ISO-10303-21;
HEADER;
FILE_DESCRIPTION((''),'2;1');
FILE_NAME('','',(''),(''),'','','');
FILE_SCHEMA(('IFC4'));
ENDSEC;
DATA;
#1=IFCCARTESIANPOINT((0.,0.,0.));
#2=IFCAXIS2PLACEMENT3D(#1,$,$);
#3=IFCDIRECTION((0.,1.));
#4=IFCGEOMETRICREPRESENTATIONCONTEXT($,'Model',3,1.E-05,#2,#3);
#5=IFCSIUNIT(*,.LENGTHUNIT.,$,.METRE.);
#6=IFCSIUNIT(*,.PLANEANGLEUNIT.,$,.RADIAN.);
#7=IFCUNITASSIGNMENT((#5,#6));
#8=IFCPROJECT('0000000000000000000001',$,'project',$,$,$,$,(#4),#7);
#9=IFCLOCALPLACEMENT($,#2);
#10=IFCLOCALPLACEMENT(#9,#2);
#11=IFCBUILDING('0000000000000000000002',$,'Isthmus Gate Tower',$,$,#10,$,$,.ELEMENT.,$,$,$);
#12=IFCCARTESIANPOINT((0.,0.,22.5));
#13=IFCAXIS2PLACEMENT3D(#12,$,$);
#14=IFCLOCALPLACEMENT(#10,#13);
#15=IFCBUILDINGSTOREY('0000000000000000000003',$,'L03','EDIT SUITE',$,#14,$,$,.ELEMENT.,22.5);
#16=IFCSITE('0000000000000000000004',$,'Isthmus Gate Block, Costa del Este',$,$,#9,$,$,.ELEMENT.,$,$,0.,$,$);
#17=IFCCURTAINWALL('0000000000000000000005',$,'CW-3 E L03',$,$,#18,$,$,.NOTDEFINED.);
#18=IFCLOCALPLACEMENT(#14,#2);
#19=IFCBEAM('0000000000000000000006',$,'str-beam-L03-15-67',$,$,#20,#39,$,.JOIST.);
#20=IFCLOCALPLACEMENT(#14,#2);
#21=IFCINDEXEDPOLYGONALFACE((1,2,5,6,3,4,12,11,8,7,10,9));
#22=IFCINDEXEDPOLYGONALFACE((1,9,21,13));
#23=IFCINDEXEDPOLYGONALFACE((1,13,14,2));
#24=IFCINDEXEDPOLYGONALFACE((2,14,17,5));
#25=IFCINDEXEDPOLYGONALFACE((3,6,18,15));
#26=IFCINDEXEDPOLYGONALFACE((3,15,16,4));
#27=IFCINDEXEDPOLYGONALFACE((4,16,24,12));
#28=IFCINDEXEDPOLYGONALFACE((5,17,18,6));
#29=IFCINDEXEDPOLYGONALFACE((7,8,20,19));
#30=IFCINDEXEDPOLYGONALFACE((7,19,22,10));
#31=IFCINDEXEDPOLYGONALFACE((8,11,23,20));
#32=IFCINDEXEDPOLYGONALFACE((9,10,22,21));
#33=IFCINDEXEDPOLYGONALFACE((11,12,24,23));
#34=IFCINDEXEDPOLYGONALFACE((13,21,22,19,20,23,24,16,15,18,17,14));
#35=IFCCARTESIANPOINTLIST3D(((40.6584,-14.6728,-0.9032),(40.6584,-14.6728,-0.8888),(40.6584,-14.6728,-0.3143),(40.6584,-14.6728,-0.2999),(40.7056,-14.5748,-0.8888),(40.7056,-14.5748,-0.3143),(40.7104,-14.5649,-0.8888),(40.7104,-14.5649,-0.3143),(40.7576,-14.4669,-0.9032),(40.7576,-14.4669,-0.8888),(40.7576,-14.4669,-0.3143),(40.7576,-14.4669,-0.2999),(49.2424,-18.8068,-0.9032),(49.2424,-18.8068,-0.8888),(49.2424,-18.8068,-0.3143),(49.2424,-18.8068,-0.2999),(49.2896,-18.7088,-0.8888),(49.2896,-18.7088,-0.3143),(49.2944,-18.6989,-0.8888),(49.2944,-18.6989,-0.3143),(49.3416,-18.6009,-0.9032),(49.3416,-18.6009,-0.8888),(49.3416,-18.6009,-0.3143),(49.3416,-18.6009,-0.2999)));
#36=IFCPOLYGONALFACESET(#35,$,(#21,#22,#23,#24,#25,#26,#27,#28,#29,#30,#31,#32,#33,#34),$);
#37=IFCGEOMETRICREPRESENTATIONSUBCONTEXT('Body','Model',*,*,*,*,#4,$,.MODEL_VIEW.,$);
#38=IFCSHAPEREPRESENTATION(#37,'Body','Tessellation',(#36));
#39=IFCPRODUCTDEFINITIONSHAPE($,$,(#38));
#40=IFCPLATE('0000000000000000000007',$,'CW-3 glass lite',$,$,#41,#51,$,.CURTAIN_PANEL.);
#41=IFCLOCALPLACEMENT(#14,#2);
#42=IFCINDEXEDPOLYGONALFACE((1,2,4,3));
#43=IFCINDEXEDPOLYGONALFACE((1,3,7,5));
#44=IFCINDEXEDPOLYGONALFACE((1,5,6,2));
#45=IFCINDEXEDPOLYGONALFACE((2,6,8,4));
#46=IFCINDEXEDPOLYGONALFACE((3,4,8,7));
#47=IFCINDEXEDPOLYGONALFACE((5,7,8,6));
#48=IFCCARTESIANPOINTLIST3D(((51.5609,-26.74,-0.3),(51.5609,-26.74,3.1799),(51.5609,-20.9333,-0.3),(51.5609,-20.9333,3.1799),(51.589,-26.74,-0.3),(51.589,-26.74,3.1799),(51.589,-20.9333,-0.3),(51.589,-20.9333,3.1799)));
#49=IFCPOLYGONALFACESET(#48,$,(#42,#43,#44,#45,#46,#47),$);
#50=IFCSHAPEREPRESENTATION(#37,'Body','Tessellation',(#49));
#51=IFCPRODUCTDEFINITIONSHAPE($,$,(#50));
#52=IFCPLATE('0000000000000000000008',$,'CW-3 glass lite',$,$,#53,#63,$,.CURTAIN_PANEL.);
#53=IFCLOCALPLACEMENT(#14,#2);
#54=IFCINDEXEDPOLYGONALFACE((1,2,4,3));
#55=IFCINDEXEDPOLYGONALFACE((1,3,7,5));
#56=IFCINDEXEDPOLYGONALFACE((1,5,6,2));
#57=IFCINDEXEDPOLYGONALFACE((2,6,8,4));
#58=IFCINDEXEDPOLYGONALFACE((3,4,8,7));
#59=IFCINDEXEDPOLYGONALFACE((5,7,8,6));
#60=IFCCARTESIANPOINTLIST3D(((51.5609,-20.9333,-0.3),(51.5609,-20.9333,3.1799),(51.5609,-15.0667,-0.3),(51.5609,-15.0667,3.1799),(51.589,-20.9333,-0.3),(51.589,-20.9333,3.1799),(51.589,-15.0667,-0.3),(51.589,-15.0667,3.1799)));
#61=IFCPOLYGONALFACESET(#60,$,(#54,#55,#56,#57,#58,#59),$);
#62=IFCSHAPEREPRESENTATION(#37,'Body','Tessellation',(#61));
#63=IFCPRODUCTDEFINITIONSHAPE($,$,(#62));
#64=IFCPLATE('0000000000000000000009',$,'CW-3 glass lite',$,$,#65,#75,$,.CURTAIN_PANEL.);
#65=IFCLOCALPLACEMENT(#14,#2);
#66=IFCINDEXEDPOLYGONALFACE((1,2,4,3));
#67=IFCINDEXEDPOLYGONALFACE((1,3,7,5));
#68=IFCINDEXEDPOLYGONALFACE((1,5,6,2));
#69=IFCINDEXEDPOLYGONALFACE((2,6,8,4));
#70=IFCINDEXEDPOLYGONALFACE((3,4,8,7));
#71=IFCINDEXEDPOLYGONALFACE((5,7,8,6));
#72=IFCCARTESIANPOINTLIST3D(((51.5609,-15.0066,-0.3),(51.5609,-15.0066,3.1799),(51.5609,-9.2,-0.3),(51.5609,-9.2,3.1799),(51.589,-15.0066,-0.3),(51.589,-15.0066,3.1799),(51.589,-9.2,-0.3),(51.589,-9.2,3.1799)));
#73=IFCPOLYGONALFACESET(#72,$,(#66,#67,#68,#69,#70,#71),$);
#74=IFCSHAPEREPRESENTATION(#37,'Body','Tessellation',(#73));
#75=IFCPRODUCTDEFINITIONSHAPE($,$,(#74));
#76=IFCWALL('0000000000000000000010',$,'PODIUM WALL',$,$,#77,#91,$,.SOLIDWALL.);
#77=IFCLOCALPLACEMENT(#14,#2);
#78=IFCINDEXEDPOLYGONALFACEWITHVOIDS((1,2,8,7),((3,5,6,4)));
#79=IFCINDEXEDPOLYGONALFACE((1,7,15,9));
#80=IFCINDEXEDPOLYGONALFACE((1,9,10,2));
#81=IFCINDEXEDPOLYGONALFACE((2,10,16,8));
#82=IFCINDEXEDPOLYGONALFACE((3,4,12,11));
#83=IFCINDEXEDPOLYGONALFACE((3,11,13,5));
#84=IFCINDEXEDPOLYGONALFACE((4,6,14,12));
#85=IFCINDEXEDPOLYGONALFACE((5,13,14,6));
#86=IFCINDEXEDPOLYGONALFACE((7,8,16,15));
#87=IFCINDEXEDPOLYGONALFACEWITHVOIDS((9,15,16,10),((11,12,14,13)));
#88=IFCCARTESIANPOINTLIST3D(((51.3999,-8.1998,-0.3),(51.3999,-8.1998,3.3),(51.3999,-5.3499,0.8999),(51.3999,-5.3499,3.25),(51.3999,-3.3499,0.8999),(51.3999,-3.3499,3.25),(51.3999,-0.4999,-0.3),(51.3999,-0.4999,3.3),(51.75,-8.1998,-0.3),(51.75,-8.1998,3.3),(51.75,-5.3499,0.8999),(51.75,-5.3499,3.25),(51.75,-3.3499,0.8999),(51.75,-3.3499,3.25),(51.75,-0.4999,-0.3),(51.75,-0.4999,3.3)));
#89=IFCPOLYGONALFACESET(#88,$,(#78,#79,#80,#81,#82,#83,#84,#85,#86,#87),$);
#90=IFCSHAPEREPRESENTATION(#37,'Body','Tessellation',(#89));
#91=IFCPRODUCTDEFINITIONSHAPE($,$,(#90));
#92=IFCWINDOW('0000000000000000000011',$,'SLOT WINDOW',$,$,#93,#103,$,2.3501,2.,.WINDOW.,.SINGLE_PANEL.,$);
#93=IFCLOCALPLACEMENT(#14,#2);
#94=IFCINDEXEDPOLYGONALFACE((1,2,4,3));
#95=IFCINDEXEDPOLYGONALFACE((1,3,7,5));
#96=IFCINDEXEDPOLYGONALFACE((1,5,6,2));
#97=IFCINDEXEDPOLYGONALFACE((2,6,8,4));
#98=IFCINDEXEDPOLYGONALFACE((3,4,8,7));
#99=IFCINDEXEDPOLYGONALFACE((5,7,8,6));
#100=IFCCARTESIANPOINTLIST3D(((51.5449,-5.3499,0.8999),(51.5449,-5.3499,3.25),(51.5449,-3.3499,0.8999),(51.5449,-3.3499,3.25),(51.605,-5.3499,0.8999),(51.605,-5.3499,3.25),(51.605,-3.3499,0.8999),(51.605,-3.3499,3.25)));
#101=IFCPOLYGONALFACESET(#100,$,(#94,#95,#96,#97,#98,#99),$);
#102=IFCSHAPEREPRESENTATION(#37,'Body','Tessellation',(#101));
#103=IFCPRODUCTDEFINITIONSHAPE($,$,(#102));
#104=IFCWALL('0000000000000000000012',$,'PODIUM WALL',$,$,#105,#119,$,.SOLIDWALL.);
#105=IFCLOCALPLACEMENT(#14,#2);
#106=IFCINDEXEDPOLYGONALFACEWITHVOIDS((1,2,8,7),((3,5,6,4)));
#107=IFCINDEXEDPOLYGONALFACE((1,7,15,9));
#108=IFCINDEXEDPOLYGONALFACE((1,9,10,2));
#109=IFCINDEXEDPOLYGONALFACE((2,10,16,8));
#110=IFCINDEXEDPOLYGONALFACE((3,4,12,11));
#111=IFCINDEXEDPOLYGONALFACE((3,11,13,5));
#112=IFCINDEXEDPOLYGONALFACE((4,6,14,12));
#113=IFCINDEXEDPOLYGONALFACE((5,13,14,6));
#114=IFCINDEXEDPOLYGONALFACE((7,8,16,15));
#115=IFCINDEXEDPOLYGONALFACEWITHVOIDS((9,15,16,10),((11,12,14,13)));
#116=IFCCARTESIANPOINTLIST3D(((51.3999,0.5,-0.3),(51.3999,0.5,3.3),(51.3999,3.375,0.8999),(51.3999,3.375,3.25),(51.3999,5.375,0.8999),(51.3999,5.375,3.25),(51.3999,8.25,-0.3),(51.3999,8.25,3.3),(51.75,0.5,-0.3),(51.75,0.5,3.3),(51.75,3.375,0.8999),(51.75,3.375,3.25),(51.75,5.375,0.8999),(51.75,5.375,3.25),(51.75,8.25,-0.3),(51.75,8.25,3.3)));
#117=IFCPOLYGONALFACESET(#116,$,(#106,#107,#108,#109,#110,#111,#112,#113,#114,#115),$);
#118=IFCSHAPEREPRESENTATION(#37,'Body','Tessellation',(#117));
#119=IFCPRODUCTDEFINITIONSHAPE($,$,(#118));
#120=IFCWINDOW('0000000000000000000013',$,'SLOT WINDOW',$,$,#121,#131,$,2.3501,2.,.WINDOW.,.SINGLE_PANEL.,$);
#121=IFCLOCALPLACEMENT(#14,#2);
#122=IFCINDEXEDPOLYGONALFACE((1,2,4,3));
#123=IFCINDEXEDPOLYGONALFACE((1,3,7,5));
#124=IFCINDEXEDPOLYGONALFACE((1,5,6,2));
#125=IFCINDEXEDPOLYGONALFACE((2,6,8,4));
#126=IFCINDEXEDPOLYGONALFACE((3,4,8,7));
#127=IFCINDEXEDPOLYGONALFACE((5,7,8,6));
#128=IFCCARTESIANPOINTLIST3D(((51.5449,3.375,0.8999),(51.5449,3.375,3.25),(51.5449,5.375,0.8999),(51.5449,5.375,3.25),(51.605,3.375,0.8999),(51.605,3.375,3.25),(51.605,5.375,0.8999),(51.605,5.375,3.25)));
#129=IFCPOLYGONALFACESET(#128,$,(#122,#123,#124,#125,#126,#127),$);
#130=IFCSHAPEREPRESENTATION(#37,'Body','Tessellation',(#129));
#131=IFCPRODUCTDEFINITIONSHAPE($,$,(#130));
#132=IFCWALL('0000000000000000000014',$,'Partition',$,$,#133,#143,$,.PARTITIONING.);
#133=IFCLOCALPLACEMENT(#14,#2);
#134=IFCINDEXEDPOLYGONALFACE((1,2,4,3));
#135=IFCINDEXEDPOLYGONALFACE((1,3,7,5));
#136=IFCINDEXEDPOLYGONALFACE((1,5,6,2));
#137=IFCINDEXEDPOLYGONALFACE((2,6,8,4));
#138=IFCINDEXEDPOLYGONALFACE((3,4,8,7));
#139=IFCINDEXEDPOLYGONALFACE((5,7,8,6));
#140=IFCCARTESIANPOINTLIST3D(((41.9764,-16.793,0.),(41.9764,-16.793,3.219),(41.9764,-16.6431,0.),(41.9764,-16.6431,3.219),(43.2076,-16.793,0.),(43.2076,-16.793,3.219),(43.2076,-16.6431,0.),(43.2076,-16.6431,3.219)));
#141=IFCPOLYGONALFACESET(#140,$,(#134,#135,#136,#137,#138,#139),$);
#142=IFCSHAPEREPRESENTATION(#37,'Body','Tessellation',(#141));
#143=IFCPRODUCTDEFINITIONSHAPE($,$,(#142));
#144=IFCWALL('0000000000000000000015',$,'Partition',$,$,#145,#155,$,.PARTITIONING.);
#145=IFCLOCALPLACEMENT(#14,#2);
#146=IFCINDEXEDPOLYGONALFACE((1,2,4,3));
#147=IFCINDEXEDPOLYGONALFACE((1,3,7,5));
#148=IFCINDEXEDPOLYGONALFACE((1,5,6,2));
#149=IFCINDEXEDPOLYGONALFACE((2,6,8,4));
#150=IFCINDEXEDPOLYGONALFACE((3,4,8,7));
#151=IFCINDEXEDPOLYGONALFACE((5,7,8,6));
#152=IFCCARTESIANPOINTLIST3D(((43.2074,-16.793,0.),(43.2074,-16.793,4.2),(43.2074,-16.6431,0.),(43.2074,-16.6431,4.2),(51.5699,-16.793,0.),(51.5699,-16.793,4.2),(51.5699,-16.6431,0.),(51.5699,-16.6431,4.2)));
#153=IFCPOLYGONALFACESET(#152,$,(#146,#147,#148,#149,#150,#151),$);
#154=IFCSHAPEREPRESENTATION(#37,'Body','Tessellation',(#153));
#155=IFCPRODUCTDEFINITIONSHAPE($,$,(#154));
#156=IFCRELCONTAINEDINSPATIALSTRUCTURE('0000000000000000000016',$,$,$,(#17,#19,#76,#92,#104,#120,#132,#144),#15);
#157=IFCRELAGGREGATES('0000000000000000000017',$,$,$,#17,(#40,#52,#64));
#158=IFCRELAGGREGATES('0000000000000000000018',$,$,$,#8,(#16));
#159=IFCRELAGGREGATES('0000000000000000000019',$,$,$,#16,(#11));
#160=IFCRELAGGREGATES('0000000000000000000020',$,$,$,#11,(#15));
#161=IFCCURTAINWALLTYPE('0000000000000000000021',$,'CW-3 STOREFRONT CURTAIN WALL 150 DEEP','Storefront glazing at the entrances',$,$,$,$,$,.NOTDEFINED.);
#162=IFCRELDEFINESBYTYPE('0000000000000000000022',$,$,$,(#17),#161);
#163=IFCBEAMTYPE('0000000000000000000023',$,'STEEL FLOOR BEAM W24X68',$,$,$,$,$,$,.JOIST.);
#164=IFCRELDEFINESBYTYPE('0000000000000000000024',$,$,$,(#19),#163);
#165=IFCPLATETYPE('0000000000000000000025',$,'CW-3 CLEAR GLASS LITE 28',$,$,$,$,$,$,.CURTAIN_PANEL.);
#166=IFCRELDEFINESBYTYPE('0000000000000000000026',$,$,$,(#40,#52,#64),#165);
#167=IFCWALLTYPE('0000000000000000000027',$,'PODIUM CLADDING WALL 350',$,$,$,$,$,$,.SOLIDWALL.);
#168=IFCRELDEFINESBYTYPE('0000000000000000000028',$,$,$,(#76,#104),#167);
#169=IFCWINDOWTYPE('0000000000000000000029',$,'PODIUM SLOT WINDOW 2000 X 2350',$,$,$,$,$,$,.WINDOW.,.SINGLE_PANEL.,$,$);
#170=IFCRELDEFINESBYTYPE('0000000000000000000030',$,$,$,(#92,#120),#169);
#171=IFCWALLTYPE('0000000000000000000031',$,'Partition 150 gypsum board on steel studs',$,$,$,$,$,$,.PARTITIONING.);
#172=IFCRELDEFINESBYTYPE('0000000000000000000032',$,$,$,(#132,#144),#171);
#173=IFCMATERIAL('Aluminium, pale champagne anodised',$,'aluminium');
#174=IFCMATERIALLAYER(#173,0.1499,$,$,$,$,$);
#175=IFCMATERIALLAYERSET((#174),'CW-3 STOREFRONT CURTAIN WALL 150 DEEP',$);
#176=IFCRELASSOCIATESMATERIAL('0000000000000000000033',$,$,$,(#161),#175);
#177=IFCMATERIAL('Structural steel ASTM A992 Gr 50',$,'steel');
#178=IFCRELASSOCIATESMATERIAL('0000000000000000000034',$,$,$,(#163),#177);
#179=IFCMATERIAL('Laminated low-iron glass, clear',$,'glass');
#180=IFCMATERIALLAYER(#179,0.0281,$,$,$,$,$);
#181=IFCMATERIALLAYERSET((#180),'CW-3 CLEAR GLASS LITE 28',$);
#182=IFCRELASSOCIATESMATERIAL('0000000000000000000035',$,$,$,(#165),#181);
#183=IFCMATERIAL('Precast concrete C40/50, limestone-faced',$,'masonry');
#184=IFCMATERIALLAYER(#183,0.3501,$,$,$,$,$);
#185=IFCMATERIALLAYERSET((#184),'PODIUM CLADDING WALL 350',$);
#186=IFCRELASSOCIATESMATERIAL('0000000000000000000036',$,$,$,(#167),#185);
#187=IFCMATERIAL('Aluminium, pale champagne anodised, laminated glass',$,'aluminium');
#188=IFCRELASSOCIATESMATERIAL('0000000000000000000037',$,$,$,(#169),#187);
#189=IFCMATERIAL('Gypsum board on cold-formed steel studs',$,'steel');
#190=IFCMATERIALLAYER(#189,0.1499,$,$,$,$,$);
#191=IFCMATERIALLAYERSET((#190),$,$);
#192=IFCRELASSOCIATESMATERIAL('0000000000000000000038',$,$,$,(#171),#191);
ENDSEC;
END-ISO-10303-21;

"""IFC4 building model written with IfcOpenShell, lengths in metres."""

from ifc_helpers import new_model, si_unit, direction, frame, frame_2d, origin, origin_2d, place, context, subcontext, project, spatial, rectangle, i_section, extrude, material, layer, layer_set, material_profile, profile_set, type_object, element, fill, aggregate, save


model = new_model("IFC4")

# Units and contexts
model_context = context("Model", 3, precision=1e-05, world=origin(), true_north=direction((0.0, 1.0)))
body_context = subcontext(model_context, "Body", "Model", "MODEL_VIEW")
ifc_project = project(units=[si_unit("LENGTHUNIT", "METRE"), si_unit("PLANEANGLEUNIT", "RADIAN")], contexts=[model_context])

# Site, building, storey
site_placement = place(None, origin())
site = spatial("IfcSite", under=ifc_project, at=site_placement, Name="Isthmus Gate Block, Costa del Este", CompositionType="ELEMENT", RefElevation=0.0)
building_placement = place(site_placement, origin())
building = spatial("IfcBuilding", under=site, at=building_placement, Name="Isthmus Gate Tower", CompositionType="ELEMENT")
storey_placement = place(building_placement, frame((0.0, 0.0, 22.5)))
storey = spatial("IfcBuildingStorey", under=building, at=storey_placement, Name="L03", Description="EDIT SUITE", CompositionType="ELEMENT", Elevation=22.5)

# Curtain wall
ifc_material_1 = material(Name="Aluminium, pale champagne anodised", Category="aluminium")
ifc_layer_1 = layer(ifc_material_1, 0.1499)
ifc_layer_set_1 = layer_set([ifc_layer_1], Name="CW-3 STOREFRONT CURTAIN WALL 150 DEEP")
curtain_wall_type = type_object("IfcCurtainWallType", Name="CW-3 STOREFRONT CURTAIN WALL 150 DEEP", Description="Storefront glazing at the entrances", PredefinedType="NOTDEFINED", material=ifc_layer_set_1)
curtain_wall_placement = place(storey_placement, origin())
curtain_wall = element("IfcCurtainWall", 1, at=curtain_wall_placement, inside=storey, type_object=curtain_wall_type, Name="CW-3 E L03", PredefinedType="NOTDEFINED")

# Beam
ifc_material_2 = material(Name="Structural steel ASTM A992 Gr 50", Category="steel")
ifc_material_profile_1 = material_profile(ifc_material_2, i_section(OverallWidth=0.2285, OverallDepth=0.6033, WebThickness=0.011, FlangeThickness=0.0144, at=origin_2d()), Name="W24X68")
ifc_profile_set_1 = profile_set([ifc_material_profile_1], Name="Structural steel ASTM A992 Gr 50")
beam_type_1 = type_object("IfcBeamType", Name="STEEL FLOOR BEAM W24X68", PredefinedType="JOIST", material=ifc_profile_set_1)
beam_1_placement = place(storey_placement, frame((40.708, -14.5698, -0.6016), z_axis=(0.90096, -0.433901, 0.0), x_axis=(0.433901, 0.90096, 0.0)))
element("IfcBeam", 2, at=beam_1_placement, inside=storey, type_object=beam_type_1, Name="str-beam-L03-15-67", PredefinedType="JOIST", context=body_context, shape_type="SweptSolid", body=[
    extrude(i_section(OverallWidth=0.2285, OverallDepth=0.6033, WebThickness=0.011, FlangeThickness=0.0144, at=origin_2d()), origin(), (0.0, 0.0, 1.0), 9.5276),
])

# Plates
ifc_material_3 = material(Name="Laminated low-iron glass, clear", Category="glass")
ifc_layer_2 = layer(ifc_material_3, 0.0281)
ifc_layer_set_2 = layer_set([ifc_layer_2], Name="CW-3 CLEAR GLASS LITE 28")
plate_type = type_object("IfcPlateType", Name="CW-3 CLEAR GLASS LITE 28", PredefinedType="CURTAIN_PANEL", material=ifc_layer_set_2)
plate_1_placement = place(storey_placement, frame((51.575, -23.8367, -0.3), z_axis=(0.0, 0.0, 1.0), x_axis=(0.0, 1.0, 0.0)))
plate_1 = element("IfcPlate", 3, at=plate_1_placement, type_object=plate_type, Name="CW-3 glass lite", PredefinedType="CURTAIN_PANEL", context=body_context, shape_type="SweptSolid", body=[
    extrude(rectangle(XDim=5.8066, YDim=0.0281, at=origin_2d()), origin(), (0.0, 0.0, 1.0), 3.48),
])
plate_2_placement = place(storey_placement, frame((51.575, -18.0, -0.3), z_axis=(0.0, 0.0, 1.0), x_axis=(0.0, 1.0, 0.0)))
plate_2 = element("IfcPlate", 4, at=plate_2_placement, type_object=plate_type, Name="CW-3 glass lite", PredefinedType="CURTAIN_PANEL", context=body_context, shape_type="SweptSolid", body=[
    extrude(rectangle(XDim=5.8667, YDim=0.0281, at=origin_2d()), origin(), (0.0, 0.0, 1.0), 3.48),
])
plate_3_placement = place(storey_placement, frame((51.575, -12.1033, -0.3), z_axis=(0.0, 0.0, 1.0), x_axis=(0.0, 1.0, 0.0)))
plate_3 = element("IfcPlate", 5, at=plate_3_placement, type_object=plate_type, Name="CW-3 glass lite", PredefinedType="CURTAIN_PANEL", context=body_context, shape_type="SweptSolid", body=[
    extrude(rectangle(XDim=5.8066, YDim=0.0281, at=origin_2d()), origin(), (0.0, 0.0, 1.0), 3.48),
])
aggregate(curtain_wall, [plate_1, plate_2, plate_3])

# Walls, openings, windows
ifc_material_4 = material(Name="Precast concrete C40/50, limestone-faced", Category="masonry")
ifc_layer_3 = layer(ifc_material_4, 0.3501)
ifc_layer_set_3 = layer_set([ifc_layer_3], Name="PODIUM CLADDING WALL 350")
wall_type_1 = type_object("IfcWallType", Name="PODIUM CLADDING WALL 350", PredefinedType="SOLIDWALL", material=ifc_layer_set_3)
wall_1_placement = place(storey_placement, frame((51.575, -8.2, -0.3), z_axis=(0.0, 0.0, 1.0), x_axis=(0.0, 1.0, 0.0)))
wall_1 = element("IfcWall", 6, at=wall_1_placement, inside=storey, type_object=wall_type_1, Name="PODIUM WALL", PredefinedType="SOLIDWALL", context=body_context, shape_type="SweptSolid", body=[
    extrude(rectangle(XDim=7.7, YDim=0.3501, at=frame_2d((3.8501, 0.0))), origin(), (0.0, 0.0, 1.0), 3.6001),
])
opening_1_placement = place(wall_1_placement, frame((2.8501, 0.0, 1.2)))
opening_1 = element("IfcOpeningElement", 7, at=opening_1_placement, cuts=wall_1, PredefinedType="OPENING", context=body_context, shape_type="SweptSolid", body=[
    extrude(rectangle(XDim=2.0, YDim=2.3501, at=frame_2d((1.0, 1.175))), frame((0.0, 0.1851, 0.0), z_axis=(0.0, -1.0, 0.0), x_axis=(1.0, 0.0, 0.0)), (0.0, 0.0, 1.0), 0.3701),
])
ifc_material_5 = material(Name="Aluminium, pale champagne anodised, laminated glass", Category="aluminium")
window_type = type_object("IfcWindowType", Name="PODIUM SLOT WINDOW 2000 X 2350", PartitioningType="SINGLE_PANEL", PredefinedType="WINDOW", material=ifc_material_5)
window_1_placement = place(opening_1_placement, origin())
window_1 = element("IfcWindow", 8, at=window_1_placement, inside=storey, type_object=window_type, Name="SLOT WINDOW", OverallHeight=2.3501, OverallWidth=2.0, PartitioningType="SINGLE_PANEL", PredefinedType="WINDOW", context=body_context, shape_type="SweptSolid", body=[
    extrude(rectangle(XDim=2.0, YDim=2.3501, at=frame_2d((1.0, 1.175))), frame((0.0, 0.03, 0.0), z_axis=(0.0, -1.0, 0.0), x_axis=(1.0, 0.0, 0.0)), (0.0, 0.0, 1.0), 0.0601),
])
fill(opening_1, window_1)
wall_2_placement = place(storey_placement, frame((51.575, 0.5, -0.3), z_axis=(0.0, 0.0, 1.0), x_axis=(0.0, 1.0, 0.0)))
wall_2 = element("IfcWall", 9, at=wall_2_placement, inside=storey, type_object=wall_type_1, Name="PODIUM WALL", PredefinedType="SOLIDWALL", context=body_context, shape_type="SweptSolid", body=[
    extrude(rectangle(XDim=7.75, YDim=0.3501, at=frame_2d((3.875, 0.0))), origin(), (0.0, 0.0, 1.0), 3.6001),
])
opening_2_placement = place(wall_2_placement, frame((2.875, 0.0, 1.2)))
opening_2 = element("IfcOpeningElement", 10, at=opening_2_placement, cuts=wall_2, PredefinedType="OPENING", context=body_context, shape_type="SweptSolid", body=[
    extrude(rectangle(XDim=2.0, YDim=2.3501, at=frame_2d((1.0, 1.175))), frame((0.0, 0.1851, 0.0), z_axis=(0.0, -1.0, 0.0), x_axis=(1.0, 0.0, 0.0)), (0.0, 0.0, 1.0), 0.3701),
])
window_2_placement = place(opening_2_placement, origin())
window_2 = element("IfcWindow", 11, at=window_2_placement, inside=storey, type_object=window_type, Name="SLOT WINDOW", OverallHeight=2.3501, OverallWidth=2.0, PartitioningType="SINGLE_PANEL", PredefinedType="WINDOW", context=body_context, shape_type="SweptSolid", body=[
    extrude(rectangle(XDim=2.0, YDim=2.3501, at=frame_2d((1.0, 1.175))), frame((0.0, 0.03, 0.0), z_axis=(0.0, -1.0, 0.0), x_axis=(1.0, 0.0, 0.0)), (0.0, 0.0, 1.0), 0.0601),
])
fill(opening_2, window_2)

# Walls
ifc_material_6 = material(Name="Gypsum board on cold-formed steel studs", Category="steel")
ifc_layer_4 = layer(ifc_material_6, 0.1499)
ifc_layer_set_4 = layer_set([ifc_layer_4])
wall_type_2 = type_object("IfcWallType", Name="Partition 150 gypsum board on steel studs", PredefinedType="PARTITIONING", material=ifc_layer_set_4)
wall_3_placement = place(storey_placement, frame((41.9763, -16.718, 0.0), z_axis=(0.0, 0.0, 1.0), x_axis=(1.0, 0.0, 0.0)))
element("IfcWall", 12, at=wall_3_placement, inside=storey, type_object=wall_type_2, Name="Partition", PredefinedType="PARTITIONING", context=body_context, shape_type="SweptSolid", body=[
    extrude(rectangle(XDim=1.2312, YDim=0.1499, at=frame_2d((0.6157, 0.0))), origin(), (0.0, 0.0, 1.0), 3.219),
])
wall_4_placement = place(storey_placement, frame((43.2075, -16.718, 0.0), z_axis=(0.0, 0.0, 1.0), x_axis=(1.0, 0.0, 0.0)))
element("IfcWall", 13, at=wall_4_placement, inside=storey, type_object=wall_type_2, Name="Partition", PredefinedType="PARTITIONING", context=body_context, shape_type="SweptSolid", body=[
    extrude(rectangle(XDim=8.3625, YDim=0.1499, at=frame_2d((4.1812, 0.0))), origin(), (0.0, 0.0, 1.0), 4.2),
])

save(model, "model.ifc")
